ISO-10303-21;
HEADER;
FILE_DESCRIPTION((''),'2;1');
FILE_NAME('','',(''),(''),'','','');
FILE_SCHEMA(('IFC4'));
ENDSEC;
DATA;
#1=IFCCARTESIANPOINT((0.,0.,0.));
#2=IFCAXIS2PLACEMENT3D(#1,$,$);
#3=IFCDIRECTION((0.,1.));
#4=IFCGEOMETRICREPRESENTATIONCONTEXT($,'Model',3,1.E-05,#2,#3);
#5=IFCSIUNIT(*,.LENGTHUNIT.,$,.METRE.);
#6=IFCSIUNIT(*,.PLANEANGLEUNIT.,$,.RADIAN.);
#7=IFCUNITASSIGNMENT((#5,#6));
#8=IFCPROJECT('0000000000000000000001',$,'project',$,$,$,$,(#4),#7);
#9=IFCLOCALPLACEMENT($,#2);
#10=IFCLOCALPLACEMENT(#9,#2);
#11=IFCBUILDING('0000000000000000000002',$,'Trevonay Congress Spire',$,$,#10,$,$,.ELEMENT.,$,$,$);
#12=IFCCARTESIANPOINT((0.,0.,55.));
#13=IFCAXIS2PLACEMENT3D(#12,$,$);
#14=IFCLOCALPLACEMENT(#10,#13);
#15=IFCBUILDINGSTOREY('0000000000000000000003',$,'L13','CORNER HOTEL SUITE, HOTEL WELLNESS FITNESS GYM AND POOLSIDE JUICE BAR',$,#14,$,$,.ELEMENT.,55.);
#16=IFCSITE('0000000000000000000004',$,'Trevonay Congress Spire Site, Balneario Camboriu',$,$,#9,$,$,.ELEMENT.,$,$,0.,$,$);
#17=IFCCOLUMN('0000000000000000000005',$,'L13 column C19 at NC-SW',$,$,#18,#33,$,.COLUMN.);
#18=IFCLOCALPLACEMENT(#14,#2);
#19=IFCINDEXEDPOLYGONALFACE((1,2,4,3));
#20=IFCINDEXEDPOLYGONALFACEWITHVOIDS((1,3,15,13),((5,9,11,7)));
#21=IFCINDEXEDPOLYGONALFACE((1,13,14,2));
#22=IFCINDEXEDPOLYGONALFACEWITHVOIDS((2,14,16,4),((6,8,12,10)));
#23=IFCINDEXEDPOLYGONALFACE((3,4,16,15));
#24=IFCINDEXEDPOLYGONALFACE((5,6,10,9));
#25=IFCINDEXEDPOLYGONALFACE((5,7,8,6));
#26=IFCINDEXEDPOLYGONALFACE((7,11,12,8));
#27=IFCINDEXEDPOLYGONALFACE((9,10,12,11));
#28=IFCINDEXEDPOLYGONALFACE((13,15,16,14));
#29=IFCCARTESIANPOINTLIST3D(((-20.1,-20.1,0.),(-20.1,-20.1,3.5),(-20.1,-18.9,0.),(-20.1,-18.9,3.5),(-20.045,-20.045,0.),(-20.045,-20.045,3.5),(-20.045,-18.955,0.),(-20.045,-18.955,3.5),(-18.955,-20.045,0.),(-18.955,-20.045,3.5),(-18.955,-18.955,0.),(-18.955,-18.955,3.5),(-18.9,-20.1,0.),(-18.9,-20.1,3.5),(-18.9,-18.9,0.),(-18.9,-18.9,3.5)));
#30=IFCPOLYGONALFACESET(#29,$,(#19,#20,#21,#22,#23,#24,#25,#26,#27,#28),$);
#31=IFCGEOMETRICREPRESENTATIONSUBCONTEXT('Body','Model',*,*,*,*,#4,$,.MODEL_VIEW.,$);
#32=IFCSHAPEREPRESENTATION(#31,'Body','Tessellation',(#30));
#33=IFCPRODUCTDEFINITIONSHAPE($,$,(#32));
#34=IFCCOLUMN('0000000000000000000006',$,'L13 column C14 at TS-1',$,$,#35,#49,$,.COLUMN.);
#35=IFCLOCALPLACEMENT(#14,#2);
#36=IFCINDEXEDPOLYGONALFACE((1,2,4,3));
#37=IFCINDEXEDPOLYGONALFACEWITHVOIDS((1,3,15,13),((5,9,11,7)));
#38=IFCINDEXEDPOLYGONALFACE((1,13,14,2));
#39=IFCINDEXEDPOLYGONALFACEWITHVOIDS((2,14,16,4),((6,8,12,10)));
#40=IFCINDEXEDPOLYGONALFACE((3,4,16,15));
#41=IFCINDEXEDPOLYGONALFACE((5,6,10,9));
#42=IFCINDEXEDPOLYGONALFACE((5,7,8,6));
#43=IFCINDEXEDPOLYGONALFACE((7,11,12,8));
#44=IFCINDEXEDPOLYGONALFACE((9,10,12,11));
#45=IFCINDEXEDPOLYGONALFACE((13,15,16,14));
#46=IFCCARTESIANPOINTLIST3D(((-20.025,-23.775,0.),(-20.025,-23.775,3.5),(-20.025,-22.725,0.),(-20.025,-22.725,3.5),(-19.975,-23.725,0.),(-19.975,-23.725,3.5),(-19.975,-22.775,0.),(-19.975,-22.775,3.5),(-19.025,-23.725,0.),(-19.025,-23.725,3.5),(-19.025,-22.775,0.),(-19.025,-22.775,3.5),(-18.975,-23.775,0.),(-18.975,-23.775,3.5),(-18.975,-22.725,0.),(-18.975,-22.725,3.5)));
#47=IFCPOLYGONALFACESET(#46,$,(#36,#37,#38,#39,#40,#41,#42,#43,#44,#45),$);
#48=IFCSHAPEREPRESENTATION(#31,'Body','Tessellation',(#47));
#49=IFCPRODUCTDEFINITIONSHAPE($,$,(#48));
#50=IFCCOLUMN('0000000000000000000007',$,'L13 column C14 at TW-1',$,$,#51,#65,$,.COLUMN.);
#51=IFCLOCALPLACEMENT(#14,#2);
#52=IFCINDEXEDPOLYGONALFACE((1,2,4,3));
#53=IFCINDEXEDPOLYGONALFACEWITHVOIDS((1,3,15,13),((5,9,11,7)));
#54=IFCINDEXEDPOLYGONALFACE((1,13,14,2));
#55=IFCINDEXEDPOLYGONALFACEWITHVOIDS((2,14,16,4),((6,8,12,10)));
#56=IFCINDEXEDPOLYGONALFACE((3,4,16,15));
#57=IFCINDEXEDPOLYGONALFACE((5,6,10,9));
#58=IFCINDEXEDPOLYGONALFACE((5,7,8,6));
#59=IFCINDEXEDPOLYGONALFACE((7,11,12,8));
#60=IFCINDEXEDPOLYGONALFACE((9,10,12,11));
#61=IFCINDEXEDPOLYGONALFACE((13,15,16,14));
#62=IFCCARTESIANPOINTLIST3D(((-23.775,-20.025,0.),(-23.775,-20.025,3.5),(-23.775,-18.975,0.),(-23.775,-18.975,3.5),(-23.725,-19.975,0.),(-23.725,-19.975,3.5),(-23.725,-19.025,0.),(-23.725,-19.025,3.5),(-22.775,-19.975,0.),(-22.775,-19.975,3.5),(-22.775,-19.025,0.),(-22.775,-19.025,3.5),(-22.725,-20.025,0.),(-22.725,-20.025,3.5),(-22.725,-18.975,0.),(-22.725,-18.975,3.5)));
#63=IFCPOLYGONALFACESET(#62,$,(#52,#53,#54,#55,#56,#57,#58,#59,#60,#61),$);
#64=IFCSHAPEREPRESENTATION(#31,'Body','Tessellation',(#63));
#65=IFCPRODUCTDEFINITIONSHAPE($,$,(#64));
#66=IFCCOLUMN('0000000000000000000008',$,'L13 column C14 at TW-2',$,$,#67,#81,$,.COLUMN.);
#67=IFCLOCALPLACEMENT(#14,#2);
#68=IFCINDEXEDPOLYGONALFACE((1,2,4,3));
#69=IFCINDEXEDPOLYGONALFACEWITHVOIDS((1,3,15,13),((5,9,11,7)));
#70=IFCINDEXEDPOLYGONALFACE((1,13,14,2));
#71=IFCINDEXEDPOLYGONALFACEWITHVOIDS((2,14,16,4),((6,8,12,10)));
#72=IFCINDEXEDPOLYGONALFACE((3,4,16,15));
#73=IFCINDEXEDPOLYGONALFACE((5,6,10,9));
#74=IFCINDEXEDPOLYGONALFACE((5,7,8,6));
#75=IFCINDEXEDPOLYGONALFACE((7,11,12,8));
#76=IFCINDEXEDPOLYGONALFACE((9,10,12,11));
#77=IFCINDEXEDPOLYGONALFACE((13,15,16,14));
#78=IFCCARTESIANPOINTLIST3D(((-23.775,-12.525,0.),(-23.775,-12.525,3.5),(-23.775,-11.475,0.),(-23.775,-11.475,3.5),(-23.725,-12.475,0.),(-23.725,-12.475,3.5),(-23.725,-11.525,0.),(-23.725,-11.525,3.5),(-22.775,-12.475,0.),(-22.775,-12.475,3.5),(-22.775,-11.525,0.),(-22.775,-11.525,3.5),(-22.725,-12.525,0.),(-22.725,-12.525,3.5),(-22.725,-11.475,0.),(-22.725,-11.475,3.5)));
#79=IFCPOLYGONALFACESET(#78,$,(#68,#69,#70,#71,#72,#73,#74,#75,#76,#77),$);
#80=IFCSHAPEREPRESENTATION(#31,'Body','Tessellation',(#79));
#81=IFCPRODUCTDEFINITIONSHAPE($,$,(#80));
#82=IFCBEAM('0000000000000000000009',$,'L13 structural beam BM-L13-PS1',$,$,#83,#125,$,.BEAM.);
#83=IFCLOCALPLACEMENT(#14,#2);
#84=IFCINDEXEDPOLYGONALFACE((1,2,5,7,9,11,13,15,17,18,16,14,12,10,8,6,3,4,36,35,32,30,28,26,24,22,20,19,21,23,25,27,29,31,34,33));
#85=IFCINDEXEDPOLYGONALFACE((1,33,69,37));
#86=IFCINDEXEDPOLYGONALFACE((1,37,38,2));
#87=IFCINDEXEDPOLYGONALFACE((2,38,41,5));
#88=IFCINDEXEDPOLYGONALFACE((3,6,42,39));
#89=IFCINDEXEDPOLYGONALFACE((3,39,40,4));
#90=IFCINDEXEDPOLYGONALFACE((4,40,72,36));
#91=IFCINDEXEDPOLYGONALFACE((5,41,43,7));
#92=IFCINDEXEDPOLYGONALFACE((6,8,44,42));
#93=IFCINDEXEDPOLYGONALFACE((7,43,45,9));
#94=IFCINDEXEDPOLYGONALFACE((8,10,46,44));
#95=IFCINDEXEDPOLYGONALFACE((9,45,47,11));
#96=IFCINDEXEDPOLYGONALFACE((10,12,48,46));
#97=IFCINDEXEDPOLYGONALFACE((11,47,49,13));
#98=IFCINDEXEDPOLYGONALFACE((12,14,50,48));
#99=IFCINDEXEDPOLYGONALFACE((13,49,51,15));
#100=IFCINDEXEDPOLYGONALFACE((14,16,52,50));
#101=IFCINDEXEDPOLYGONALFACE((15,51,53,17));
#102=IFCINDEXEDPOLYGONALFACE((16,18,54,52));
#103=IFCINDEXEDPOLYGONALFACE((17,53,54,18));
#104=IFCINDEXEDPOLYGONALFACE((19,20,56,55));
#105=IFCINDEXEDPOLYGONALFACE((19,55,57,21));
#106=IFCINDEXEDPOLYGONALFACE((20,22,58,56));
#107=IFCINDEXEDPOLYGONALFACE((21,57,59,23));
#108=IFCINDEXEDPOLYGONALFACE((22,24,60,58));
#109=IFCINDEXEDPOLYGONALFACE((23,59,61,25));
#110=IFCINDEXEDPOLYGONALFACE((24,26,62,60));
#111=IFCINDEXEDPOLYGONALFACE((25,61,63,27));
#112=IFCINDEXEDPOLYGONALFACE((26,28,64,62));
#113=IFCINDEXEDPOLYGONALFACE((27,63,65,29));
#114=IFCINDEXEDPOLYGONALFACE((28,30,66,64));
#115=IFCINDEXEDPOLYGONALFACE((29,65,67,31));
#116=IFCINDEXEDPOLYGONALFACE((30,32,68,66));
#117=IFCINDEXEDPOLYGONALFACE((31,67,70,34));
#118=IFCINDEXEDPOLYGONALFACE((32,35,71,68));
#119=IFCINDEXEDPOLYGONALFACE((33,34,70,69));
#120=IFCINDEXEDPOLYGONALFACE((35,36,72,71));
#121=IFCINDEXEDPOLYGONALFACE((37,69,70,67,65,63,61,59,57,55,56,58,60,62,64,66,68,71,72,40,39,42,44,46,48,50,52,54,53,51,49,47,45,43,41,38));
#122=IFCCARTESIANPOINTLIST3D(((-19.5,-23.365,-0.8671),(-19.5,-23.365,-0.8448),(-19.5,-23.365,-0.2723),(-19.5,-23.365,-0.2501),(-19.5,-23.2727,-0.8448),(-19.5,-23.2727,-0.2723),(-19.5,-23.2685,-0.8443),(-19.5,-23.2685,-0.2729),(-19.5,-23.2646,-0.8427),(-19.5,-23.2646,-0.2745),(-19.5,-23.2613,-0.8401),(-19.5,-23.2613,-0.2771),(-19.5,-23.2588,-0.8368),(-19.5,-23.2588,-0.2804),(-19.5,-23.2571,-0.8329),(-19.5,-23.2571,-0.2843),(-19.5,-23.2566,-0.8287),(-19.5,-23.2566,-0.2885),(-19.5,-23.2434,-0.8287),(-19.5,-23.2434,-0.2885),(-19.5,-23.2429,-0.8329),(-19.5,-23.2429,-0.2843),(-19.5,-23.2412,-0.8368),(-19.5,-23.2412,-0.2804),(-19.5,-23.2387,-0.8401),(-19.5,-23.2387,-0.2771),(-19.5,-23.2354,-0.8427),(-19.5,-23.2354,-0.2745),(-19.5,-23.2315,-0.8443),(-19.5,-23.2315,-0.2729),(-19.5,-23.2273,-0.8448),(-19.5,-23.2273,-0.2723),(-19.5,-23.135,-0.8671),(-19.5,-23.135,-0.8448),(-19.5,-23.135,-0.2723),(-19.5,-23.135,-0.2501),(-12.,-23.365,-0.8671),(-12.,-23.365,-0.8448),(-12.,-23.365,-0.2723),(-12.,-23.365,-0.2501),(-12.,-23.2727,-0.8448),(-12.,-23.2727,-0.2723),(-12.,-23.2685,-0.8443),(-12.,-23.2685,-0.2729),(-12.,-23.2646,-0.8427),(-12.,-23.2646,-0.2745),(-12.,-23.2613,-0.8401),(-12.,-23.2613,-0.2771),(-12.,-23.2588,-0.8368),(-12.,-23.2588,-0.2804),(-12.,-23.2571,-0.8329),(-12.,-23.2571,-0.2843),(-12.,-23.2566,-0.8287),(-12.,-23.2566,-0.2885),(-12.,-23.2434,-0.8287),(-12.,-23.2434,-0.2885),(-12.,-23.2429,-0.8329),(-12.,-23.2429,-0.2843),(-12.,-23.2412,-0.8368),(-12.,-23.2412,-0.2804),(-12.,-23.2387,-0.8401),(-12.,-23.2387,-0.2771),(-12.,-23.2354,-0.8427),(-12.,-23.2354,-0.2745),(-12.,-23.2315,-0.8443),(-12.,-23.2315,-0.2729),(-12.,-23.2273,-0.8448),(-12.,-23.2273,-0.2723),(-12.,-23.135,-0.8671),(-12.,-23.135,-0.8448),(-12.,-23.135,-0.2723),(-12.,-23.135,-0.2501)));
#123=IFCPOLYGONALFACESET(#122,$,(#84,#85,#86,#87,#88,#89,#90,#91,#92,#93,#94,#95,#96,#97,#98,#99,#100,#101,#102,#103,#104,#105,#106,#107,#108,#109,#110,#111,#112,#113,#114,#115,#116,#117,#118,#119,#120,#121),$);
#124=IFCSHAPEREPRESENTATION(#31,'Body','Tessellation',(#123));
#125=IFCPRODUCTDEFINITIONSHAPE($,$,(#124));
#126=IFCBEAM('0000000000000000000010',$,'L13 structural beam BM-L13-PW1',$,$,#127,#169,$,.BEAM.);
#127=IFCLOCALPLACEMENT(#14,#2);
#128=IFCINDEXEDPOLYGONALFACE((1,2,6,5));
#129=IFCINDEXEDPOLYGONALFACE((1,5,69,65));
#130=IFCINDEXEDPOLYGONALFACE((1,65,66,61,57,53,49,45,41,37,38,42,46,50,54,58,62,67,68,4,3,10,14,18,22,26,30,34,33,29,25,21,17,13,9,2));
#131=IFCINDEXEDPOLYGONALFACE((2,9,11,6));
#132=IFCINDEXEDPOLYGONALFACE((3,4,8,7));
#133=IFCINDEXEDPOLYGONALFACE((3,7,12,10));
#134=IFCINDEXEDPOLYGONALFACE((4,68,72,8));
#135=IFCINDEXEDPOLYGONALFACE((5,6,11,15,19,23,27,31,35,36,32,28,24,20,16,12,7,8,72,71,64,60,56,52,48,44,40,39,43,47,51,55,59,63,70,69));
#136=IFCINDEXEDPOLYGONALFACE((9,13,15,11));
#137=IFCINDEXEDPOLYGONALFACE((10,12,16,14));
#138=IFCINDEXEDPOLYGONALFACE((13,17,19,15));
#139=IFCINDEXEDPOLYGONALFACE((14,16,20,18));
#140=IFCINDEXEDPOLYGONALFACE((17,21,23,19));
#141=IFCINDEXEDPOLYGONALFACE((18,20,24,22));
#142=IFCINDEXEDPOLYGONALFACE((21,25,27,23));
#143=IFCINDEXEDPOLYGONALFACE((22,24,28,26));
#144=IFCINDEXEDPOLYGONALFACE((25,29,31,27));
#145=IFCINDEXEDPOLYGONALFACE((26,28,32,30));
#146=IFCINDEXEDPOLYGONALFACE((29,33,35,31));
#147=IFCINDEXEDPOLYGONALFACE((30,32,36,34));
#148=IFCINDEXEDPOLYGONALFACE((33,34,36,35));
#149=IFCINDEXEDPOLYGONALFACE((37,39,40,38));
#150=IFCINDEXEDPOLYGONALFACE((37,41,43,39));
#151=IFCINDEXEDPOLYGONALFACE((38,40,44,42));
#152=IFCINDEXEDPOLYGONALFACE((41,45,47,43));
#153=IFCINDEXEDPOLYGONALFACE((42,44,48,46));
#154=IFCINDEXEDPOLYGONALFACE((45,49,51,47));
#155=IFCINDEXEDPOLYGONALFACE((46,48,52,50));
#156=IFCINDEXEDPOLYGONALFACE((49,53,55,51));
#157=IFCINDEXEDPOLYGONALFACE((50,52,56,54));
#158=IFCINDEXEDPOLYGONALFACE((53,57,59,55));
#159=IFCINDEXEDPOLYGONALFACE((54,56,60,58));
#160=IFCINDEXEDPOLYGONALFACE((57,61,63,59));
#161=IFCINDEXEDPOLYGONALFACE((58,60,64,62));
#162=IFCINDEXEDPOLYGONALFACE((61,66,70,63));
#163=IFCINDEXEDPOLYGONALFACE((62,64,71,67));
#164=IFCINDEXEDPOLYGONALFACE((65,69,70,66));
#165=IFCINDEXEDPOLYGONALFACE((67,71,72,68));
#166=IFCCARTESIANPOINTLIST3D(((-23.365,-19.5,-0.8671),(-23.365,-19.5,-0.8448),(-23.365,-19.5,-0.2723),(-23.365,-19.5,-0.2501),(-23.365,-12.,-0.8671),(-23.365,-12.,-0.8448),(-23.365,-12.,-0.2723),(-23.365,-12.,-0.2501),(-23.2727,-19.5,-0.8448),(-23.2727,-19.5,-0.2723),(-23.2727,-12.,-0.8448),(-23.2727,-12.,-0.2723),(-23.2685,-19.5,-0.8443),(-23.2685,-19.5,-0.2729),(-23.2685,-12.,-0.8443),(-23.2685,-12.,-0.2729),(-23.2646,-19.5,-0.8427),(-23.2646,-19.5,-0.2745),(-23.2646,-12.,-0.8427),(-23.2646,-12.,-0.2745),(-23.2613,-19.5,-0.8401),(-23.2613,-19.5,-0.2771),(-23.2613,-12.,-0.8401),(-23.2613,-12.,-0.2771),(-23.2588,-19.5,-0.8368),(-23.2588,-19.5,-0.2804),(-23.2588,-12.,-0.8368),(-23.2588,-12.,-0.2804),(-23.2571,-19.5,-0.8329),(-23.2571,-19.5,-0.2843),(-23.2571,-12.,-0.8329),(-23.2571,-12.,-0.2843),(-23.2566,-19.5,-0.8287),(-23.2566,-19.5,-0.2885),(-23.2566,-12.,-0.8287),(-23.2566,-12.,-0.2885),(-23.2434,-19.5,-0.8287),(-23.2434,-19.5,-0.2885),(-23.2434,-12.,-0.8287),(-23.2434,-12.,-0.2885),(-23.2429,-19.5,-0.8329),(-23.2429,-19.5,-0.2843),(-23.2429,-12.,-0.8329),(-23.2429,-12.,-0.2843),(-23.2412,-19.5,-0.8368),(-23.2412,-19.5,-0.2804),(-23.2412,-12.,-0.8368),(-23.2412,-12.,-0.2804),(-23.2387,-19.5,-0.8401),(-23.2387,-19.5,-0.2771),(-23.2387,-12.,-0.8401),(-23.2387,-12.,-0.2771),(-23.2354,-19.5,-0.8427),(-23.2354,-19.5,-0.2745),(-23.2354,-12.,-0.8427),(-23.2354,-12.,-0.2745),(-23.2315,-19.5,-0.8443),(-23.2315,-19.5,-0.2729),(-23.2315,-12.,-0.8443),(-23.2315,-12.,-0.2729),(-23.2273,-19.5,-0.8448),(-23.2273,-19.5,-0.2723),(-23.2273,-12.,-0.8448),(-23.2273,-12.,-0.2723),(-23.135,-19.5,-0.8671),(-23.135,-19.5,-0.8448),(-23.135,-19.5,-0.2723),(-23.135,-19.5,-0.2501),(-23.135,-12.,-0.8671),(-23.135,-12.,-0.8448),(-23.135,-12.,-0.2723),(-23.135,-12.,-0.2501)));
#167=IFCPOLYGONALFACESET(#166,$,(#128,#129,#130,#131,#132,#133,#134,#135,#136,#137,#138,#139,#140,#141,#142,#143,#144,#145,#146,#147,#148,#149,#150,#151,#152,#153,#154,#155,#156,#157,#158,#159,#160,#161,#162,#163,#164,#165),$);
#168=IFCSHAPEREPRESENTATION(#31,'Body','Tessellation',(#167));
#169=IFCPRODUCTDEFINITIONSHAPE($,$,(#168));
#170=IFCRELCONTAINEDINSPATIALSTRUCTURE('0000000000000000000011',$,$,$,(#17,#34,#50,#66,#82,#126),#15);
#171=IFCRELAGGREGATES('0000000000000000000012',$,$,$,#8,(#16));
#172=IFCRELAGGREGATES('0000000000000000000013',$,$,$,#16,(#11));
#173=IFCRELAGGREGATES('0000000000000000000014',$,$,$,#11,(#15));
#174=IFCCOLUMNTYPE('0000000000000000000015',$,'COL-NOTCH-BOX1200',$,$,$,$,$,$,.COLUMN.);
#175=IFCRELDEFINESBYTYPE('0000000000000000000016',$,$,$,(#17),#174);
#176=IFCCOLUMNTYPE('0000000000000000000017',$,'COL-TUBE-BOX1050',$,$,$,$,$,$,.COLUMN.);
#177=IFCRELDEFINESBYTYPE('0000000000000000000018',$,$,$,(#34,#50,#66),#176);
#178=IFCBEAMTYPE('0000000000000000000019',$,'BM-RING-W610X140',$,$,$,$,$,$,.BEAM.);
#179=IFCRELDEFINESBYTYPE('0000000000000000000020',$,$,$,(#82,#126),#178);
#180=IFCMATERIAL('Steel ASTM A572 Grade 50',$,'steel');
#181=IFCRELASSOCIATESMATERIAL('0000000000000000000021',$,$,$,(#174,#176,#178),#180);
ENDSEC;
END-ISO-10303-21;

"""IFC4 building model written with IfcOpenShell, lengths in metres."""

from ifc_helpers import new_model, si_unit, direction, frame, origin, origin_2d, place, context, subcontext, project, spatial, hollow_rectangle, i_section, extrude, material, material_profile, profile_set, type_object, element, save


model = new_model("IFC4")

# Units and contexts
model_context = context("Model", 3, precision=1e-05, world=origin(), true_north=direction((0.0, 1.0)))
body_context = subcontext(model_context, "Body", "Model", "MODEL_VIEW")
ifc_project = project(units=[si_unit("LENGTHUNIT", "METRE"), si_unit("PLANEANGLEUNIT", "RADIAN")], contexts=[model_context])

# Site, building, storey
site_placement = place(None, origin())
site = spatial("IfcSite", under=ifc_project, at=site_placement, Name="Trevonay Congress Spire Site, Balneario Camboriu", CompositionType="ELEMENT", RefElevation=0.0)
building_placement = place(site_placement, origin())
building = spatial("IfcBuilding", under=site, at=building_placement, Name="Trevonay Congress Spire", CompositionType="ELEMENT")
storey_placement = place(building_placement, frame((0.0, 0.0, 55.0)))
storey = spatial("IfcBuildingStorey", under=building, at=storey_placement, Name="L13", Description="CORNER HOTEL SUITE, HOTEL WELLNESS FITNESS GYM AND POOLSIDE JUICE BAR", CompositionType="ELEMENT", Elevation=55.0)

# Columns
ifc_material_1 = material(Name="Steel ASTM A572 Grade 50", Category="steel")
ifc_material_profile_1 = material_profile(ifc_material_1, hollow_rectangle(XDim=1.2, YDim=1.2, WallThickness=0.0549, at=origin_2d()), Name="BOX 1200x1200x55")
ifc_profile_set_1 = profile_set([ifc_material_profile_1], Name="Steel ASTM A572 Grade 50")
column_type_1 = type_object("IfcColumnType", Name="COL-NOTCH-BOX1200", PredefinedType="COLUMN", material=ifc_profile_set_1)
column_placement = place(storey_placement, frame((-19.5, -19.5, 0.0), z_axis=(0.0, 0.0, 1.0), x_axis=(1.0, 0.0, 0.0)))
element("IfcColumn", 1, at=column_placement, inside=storey, type_object=column_type_1, Name="L13 column C19 at NC-SW", PredefinedType="COLUMN", context=body_context, shape_type="SweptSolid", body=[
    extrude(hollow_rectangle(XDim=1.2, YDim=1.2, WallThickness=0.0549, at=origin_2d()), origin(), (0.0, 0.0, 1.0), 3.5),
])
ifc_material_profile_2 = material_profile(ifc_material_1, hollow_rectangle(XDim=1.05, YDim=1.05, WallThickness=0.05, at=origin_2d()), Name="BOX 1050x1050x50")
ifc_profile_set_2 = profile_set([ifc_material_profile_2], Name="Steel ASTM A572 Grade 50")
column_type_2 = type_object("IfcColumnType", Name="COL-TUBE-BOX1050", PredefinedType="COLUMN", material=ifc_profile_set_2)
for number, where, z_axis, x_axis, name in (
    (2, (-19.5, -23.25, 0.0), (0.0, 0.0, 1.0), (1.0, 0.0, 0.0), "L13 column C14 at TS-1"),
    (3, (-23.25, -19.5, 0.0), (0.0, 0.0, 1.0), (1.0, 0.0, 0.0), "L13 column C14 at TW-1"),
    (4, (-23.25, -12.0, 0.0), (0.0, 0.0, 1.0), (1.0, 0.0, 0.0), "L13 column C14 at TW-2"),
):
    element("IfcColumn", number, at=place(storey_placement, frame(where, z_axis=z_axis, x_axis=x_axis)), inside=storey, type_object=column_type_2, Name=name, PredefinedType="COLUMN", context=body_context, shape_type="SweptSolid", body=[
        extrude(hollow_rectangle(XDim=1.05, YDim=1.05, WallThickness=0.05, at=origin_2d()), origin(), (0.0, 0.0, 1.0), 3.5),
    ])

# Beams
ifc_material_profile_3 = material_profile(ifc_material_1, i_section(OverallWidth=0.23, OverallDepth=0.6169, WebThickness=0.0132, FlangeThickness=0.0222, FilletRadius=0.0161, at=origin_2d()), Name="W610x140")
ifc_profile_set_3 = profile_set([ifc_material_profile_3], Name="Steel ASTM A572 Grade 50")
beam_type_1 = type_object("IfcBeamType", Name="BM-RING-W610X140", PredefinedType="BEAM", material=ifc_profile_set_3)
for number, where, z_axis, x_axis, name in (
    (5, (-19.5, -23.25, -0.5586), (1.0, 0.0, 0.0), (0.0, 1.0, 0.0), "L13 structural beam BM-L13-PS1"),
    (6, (-23.25, -19.5, -0.5586), (0.0, 1.0, 0.0), (-1.0, 0.0, 0.0), "L13 structural beam BM-L13-PW1"),
):
    element("IfcBeam", number, at=place(storey_placement, frame(where, z_axis=z_axis, x_axis=x_axis)), inside=storey, type_object=beam_type_1, Name=name, PredefinedType="BEAM", context=body_context, shape_type="SweptSolid", body=[
        extrude(i_section(OverallWidth=0.23, OverallDepth=0.6169, WebThickness=0.0132, FlangeThickness=0.0222, FilletRadius=0.0161, at=origin_2d()), origin(), (0.0, 0.0, 1.0), 7.5),
    ])

save(model, "model.ifc")
